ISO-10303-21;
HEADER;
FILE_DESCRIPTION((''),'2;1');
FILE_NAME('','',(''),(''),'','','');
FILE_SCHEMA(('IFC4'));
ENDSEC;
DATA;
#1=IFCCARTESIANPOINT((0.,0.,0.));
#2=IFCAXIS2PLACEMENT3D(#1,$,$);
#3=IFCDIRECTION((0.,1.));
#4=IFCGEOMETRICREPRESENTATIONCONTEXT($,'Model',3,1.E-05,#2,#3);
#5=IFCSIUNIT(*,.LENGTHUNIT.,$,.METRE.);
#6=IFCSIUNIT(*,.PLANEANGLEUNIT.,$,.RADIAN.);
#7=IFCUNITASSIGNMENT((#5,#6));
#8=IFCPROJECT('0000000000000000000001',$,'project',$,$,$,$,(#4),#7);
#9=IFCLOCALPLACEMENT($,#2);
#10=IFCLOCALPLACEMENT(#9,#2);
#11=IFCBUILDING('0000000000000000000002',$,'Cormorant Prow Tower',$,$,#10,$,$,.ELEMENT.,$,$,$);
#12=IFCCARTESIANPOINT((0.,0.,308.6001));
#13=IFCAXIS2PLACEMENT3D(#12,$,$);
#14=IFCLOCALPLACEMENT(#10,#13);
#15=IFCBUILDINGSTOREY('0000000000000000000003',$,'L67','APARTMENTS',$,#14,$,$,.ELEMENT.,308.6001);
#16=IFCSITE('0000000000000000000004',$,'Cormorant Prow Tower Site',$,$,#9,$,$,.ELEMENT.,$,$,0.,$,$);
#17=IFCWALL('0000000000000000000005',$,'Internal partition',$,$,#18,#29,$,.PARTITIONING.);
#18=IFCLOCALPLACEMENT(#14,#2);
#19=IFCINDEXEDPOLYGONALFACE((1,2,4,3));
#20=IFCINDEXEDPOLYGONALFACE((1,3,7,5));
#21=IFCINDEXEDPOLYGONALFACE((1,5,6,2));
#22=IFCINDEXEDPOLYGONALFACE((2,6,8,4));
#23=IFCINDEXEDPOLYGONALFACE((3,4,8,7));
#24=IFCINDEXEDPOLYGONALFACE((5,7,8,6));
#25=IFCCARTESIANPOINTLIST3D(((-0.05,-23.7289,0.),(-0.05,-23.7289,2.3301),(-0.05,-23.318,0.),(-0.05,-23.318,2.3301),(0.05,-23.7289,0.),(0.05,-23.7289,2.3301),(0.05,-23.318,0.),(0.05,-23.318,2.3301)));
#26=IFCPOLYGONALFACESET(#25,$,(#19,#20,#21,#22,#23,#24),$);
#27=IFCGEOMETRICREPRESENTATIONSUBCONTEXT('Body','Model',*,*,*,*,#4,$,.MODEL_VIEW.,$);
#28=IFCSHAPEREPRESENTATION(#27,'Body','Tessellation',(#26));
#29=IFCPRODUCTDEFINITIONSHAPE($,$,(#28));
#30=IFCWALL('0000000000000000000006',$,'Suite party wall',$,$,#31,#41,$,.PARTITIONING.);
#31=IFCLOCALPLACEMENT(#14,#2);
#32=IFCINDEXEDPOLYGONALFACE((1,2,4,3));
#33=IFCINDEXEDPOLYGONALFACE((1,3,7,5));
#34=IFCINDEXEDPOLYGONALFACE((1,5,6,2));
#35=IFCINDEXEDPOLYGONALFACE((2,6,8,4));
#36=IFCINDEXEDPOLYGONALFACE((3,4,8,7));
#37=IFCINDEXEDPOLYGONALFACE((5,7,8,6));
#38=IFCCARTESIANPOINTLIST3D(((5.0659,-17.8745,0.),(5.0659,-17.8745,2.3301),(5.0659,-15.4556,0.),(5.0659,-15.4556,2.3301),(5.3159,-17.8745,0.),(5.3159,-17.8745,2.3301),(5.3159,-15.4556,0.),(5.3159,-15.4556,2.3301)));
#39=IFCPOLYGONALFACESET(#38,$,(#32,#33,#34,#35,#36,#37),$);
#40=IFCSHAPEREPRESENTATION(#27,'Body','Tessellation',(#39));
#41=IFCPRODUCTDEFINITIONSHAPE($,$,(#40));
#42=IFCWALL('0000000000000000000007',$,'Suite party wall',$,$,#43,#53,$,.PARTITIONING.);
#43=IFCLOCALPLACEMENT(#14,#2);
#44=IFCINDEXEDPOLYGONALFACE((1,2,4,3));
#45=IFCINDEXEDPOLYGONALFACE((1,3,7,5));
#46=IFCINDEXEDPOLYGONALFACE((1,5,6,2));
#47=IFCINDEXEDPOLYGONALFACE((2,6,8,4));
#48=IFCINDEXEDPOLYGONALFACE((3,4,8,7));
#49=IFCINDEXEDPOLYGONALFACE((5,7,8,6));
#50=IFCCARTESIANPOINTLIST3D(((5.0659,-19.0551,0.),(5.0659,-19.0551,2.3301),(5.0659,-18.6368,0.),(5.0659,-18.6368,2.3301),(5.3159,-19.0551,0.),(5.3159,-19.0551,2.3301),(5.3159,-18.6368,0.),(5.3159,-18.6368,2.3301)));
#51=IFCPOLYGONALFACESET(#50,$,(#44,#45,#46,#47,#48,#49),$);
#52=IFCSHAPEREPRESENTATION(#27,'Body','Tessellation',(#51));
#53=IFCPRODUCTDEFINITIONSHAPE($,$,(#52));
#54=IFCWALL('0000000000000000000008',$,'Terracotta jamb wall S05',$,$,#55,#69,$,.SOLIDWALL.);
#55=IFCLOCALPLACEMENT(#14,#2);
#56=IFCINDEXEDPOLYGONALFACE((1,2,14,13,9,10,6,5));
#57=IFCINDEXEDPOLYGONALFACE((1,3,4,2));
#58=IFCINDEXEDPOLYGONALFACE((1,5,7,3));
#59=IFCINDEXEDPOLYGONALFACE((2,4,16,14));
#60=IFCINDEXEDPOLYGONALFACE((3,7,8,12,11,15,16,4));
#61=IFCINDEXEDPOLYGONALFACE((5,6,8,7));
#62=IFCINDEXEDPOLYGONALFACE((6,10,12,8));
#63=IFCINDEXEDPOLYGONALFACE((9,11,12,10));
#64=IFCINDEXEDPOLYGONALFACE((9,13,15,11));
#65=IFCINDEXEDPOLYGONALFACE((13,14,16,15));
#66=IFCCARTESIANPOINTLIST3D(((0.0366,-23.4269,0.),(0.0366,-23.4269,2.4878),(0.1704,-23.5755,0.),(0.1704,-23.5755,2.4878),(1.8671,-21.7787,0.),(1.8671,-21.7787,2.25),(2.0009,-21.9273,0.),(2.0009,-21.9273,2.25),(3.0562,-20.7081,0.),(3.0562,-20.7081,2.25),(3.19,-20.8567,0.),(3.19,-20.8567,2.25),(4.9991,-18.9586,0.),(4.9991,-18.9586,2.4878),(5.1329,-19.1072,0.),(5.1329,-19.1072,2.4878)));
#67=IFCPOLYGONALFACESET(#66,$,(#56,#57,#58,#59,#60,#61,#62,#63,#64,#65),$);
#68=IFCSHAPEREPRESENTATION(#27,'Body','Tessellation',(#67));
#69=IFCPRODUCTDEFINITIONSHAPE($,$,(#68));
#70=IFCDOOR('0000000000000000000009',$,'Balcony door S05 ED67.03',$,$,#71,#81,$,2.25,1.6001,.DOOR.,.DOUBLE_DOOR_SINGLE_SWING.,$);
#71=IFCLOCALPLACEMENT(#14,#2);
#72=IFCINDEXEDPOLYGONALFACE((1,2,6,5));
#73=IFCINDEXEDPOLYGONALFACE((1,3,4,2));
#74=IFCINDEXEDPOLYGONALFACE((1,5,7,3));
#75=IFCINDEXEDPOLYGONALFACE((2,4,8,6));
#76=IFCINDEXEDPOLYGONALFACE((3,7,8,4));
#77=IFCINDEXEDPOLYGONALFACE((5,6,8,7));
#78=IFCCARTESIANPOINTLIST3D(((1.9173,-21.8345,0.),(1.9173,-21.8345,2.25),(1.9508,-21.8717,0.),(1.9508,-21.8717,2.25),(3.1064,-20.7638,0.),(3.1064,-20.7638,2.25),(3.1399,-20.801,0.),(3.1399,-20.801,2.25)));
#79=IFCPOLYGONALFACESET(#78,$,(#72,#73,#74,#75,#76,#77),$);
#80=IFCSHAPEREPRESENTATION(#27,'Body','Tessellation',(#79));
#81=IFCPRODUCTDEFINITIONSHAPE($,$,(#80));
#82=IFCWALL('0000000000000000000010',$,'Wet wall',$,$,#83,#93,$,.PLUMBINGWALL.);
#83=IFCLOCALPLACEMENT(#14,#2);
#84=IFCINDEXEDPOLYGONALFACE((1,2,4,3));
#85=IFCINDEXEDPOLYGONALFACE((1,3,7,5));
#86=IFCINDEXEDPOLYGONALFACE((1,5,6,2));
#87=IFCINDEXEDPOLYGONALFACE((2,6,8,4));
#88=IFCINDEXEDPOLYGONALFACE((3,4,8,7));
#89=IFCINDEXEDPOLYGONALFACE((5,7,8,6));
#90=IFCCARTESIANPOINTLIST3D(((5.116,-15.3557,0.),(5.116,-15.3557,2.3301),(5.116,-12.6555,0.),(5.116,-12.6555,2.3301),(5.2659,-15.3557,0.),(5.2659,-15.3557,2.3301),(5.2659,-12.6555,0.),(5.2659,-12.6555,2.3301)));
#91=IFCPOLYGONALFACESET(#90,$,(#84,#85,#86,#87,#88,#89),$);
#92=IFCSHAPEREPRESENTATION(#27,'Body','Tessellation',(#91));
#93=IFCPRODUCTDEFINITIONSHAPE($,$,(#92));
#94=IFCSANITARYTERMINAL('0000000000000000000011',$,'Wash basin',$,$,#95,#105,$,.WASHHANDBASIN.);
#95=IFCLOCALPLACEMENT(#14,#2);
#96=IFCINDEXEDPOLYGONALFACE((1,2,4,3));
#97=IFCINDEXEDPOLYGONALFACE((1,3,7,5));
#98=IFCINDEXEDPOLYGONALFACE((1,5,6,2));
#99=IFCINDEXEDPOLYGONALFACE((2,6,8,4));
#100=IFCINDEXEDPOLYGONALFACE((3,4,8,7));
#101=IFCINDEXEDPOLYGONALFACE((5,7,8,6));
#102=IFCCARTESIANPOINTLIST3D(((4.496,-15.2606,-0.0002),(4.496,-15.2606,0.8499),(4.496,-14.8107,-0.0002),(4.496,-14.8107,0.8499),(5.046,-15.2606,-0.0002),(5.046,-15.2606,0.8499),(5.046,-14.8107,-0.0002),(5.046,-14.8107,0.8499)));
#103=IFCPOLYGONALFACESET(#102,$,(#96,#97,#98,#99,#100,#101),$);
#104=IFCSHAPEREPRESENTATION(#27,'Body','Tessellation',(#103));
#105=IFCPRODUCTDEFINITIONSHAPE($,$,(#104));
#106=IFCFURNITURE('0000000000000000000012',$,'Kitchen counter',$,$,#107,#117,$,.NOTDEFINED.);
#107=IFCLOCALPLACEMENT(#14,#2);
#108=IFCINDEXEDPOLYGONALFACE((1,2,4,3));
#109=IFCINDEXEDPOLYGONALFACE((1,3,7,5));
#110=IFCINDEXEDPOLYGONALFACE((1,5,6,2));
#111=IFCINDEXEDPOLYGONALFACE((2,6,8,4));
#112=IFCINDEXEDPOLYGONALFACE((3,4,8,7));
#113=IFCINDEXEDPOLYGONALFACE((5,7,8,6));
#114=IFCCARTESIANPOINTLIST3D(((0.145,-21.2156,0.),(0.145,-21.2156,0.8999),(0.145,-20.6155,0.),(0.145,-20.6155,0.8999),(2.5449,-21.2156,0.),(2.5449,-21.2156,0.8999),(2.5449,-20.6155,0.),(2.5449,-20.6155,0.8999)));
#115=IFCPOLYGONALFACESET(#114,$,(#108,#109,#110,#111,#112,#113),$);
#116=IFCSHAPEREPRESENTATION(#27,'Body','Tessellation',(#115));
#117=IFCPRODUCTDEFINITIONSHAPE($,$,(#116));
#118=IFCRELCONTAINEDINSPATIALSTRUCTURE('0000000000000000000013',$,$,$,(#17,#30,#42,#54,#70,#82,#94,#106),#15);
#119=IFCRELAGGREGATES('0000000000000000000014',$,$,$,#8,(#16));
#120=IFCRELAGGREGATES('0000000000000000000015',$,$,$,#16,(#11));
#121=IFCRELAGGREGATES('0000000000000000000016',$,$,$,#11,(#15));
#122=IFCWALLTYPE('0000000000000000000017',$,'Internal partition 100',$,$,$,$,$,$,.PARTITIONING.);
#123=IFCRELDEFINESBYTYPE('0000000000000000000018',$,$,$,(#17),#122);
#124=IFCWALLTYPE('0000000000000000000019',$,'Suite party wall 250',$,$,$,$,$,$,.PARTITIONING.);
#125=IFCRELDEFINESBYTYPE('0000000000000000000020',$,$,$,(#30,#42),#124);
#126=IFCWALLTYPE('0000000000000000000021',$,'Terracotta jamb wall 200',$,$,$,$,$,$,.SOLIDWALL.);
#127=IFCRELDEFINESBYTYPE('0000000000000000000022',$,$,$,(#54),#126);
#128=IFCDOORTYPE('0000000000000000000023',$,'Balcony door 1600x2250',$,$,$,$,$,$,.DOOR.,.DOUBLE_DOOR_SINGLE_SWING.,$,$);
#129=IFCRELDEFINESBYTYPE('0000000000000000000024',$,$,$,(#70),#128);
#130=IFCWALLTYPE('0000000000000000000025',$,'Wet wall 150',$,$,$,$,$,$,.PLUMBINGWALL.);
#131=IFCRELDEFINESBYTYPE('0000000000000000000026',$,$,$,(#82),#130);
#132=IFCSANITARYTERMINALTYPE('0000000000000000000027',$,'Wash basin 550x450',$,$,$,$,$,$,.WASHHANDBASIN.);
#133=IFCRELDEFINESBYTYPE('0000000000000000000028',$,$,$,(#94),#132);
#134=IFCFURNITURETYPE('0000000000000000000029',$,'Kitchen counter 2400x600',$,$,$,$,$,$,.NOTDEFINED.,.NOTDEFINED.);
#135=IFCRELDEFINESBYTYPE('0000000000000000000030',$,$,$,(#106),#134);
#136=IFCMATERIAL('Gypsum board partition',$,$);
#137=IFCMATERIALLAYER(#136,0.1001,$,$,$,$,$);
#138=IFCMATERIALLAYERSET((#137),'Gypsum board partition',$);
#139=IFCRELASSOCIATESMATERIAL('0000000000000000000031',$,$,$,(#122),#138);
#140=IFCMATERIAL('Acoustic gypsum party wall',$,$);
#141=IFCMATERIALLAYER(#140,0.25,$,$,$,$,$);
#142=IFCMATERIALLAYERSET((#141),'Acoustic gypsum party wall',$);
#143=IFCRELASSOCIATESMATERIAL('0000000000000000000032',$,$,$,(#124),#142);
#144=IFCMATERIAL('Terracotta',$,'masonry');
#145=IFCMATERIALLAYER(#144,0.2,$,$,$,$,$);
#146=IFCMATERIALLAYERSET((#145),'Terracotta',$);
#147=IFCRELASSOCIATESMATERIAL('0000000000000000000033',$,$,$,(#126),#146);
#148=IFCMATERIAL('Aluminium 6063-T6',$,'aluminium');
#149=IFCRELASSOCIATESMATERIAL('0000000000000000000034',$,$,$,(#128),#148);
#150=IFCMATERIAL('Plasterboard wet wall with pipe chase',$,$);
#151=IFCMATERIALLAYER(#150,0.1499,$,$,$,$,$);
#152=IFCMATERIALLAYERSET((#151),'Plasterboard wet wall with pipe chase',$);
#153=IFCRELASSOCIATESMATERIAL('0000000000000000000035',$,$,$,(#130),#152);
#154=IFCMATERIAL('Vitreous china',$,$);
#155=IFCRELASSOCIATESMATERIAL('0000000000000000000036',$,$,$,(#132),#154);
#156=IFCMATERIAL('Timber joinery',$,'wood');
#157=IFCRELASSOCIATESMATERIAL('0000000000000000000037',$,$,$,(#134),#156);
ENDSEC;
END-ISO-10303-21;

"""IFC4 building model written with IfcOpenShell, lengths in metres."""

from ifc_helpers import new_model, si_unit, direction, frame, frame_2d, origin, origin_2d, place, context, subcontext, project, spatial, rectangle, extrude, material, layer, layer_set, type_object, element, fill, save


model = new_model("IFC4")

# Units and contexts
model_context = context("Model", 3, precision=1e-05, world=origin(), true_north=direction((0.0, 1.0)))
body_context = subcontext(model_context, "Body", "Model", "MODEL_VIEW")
ifc_project = project(units=[si_unit("LENGTHUNIT", "METRE"), si_unit("PLANEANGLEUNIT", "RADIAN")], contexts=[model_context])

# Site, building, storey
site_placement = place(None, origin())
site = spatial("IfcSite", under=ifc_project, at=site_placement, Name="Cormorant Prow Tower Site", CompositionType="ELEMENT", RefElevation=0.0)
building_placement = place(site_placement, origin())
building = spatial("IfcBuilding", under=site, at=building_placement, Name="Cormorant Prow Tower", CompositionType="ELEMENT")
storey_placement = place(building_placement, frame((0.0, 0.0, 308.6001)))
storey = spatial("IfcBuildingStorey", under=building, at=storey_placement, Name="L67", Description="APARTMENTS", CompositionType="ELEMENT", Elevation=308.6001)

# Shared definitions
ifc_material_1 = material(Name="Gypsum board partition")
ifc_layer_1 = layer(ifc_material_1, 0.1001)
ifc_layer_set_1 = layer_set([ifc_layer_1], Name="Gypsum board partition")
wall_type_1 = type_object("IfcWallType", Name="Internal partition 100", PredefinedType="PARTITIONING", material=ifc_layer_set_1)

# Walls
wall_1_placement = place(storey_placement, frame((0.0, -23.729, 0.0), z_axis=(0.0, 0.0, 1.0), x_axis=(0.0, 1.0, 0.0)))
element("IfcWall", 1, at=wall_1_placement, inside=storey, type_object=wall_type_1, Name="Internal partition", PredefinedType="PARTITIONING", context=body_context, shape_type="SweptSolid", body=[
    extrude(rectangle(XDim=0.4109, YDim=0.1001, at=frame_2d((0.2056, 0.0))), origin(), (0.0, 0.0, 1.0), 2.3301),
])
ifc_material_2 = material(Name="Acoustic gypsum party wall")
ifc_layer_2 = layer(ifc_material_2, 0.25)
ifc_layer_set_2 = layer_set([ifc_layer_2], Name="Acoustic gypsum party wall")
wall_type_2 = type_object("IfcWallType", Name="Suite party wall 250", PredefinedType="PARTITIONING", material=ifc_layer_set_2)
wall_2_placement = place(storey_placement, frame((5.1909, -17.8745, 0.0), z_axis=(0.0, 0.0, 1.0), x_axis=(0.0, 1.0, 0.0)))
element("IfcWall", 2, at=wall_2_placement, inside=storey, type_object=wall_type_2, Name="Suite party wall", PredefinedType="PARTITIONING", context=body_context, shape_type="SweptSolid", body=[
    extrude(rectangle(XDim=2.4189, YDim=0.25, at=frame_2d((1.2095, 0.0))), origin(), (0.0, 0.0, 1.0), 2.3301),
])
wall_3_placement = place(storey_placement, frame((5.1909, -19.0549, 0.0), z_axis=(0.0, 0.0, 1.0), x_axis=(0.0, 1.0, 0.0)))
element("IfcWall", 3, at=wall_3_placement, inside=storey, type_object=wall_type_2, Name="Suite party wall", PredefinedType="PARTITIONING", context=body_context, shape_type="SweptSolid", body=[
    extrude(rectangle(XDim=0.4182, YDim=0.25, at=frame_2d((0.209, 0.0))), origin(), (0.0, 0.0, 1.0), 2.3301),
])

# Wall, opening, door
ifc_material_3 = material(Name="Terracotta", Category="masonry")
ifc_layer_3 = layer(ifc_material_3, 0.2)
ifc_layer_set_3 = layer_set([ifc_layer_3], Name="Terracotta")
wall_type_3 = type_object("IfcWallType", Name="Terracotta jamb wall 200", PredefinedType="SOLIDWALL", material=ifc_layer_set_3)
wall_4_placement = place(storey_placement, frame((0.1035, -23.5012, 0.0), z_axis=(0.0, 0.0, 1.0), x_axis=(0.743138, 0.669138, 0.0)))
wall_4 = element("IfcWall", 4, at=wall_4_placement, inside=storey, type_object=wall_type_3, Name="Terracotta jamb wall S05", PredefinedType="SOLIDWALL", context=body_context, shape_type="SweptSolid", body=[
    extrude(rectangle(XDim=6.6777, YDim=0.2, at=frame_2d((3.3389, 0.0))), origin(), (0.0, 0.0, 1.0), 2.4878),
])
opening_1_placement = place(wall_4_placement, frame((2.4631, 0.0, 0.0)))
opening_1 = element("IfcOpeningElement", 5, at=opening_1_placement, cuts=wall_4, PredefinedType="OPENING", context=body_context, shape_type="SweptSolid", body=[
    extrude(rectangle(XDim=1.6001, YDim=2.25, at=frame_2d((0.8, 1.125))), frame((0.0, 0.1099, 0.0), z_axis=(0.0, -1.0, 0.0), x_axis=(1.0, 0.0, 0.0)), (0.0, 0.0, 1.0), 0.22),
])
ifc_material_4 = material(Name="Aluminium 6063-T6", Category="aluminium")
door_type_1 = type_object("IfcDoorType", Name="Balcony door 1600x2250", OperationType="DOUBLE_DOOR_SINGLE_SWING", PredefinedType="DOOR", material=ifc_material_4)
door_1_placement = place(opening_1_placement, origin())
door_1 = element("IfcDoor", 6, at=door_1_placement, inside=storey, type_object=door_type_1, Name="Balcony door S05 ED67.03", OperationType="DOUBLE_DOOR_SINGLE_SWING", OverallHeight=2.25, OverallWidth=1.6001, PredefinedType="DOOR", context=body_context, shape_type="SweptSolid", body=[
    extrude(rectangle(XDim=1.6001, YDim=2.25, at=frame_2d((0.8, 1.125))), frame((0.0, 0.0249, 0.0), z_axis=(0.0, -1.0, 0.0), x_axis=(1.0, 0.0, 0.0)), (0.0, 0.0, 1.0), 0.05),
])
fill(opening_1, door_1)

# Wall
ifc_material_5 = material(Name="Plasterboard wet wall with pipe chase")
ifc_layer_4 = layer(ifc_material_5, 0.1499)
ifc_layer_set_4 = layer_set([ifc_layer_4], Name="Plasterboard wet wall with pipe chase")
wall_type_4 = type_object("IfcWallType", Name="Wet wall 150", PredefinedType="PLUMBINGWALL", material=ifc_layer_set_4)
wall_5_placement = place(storey_placement, frame((5.1909, -15.3557, 0.0), z_axis=(0.0, 0.0, 1.0), x_axis=(0.0, 1.0, 0.0)))
element("IfcWall", 7, at=wall_5_placement, inside=storey, type_object=wall_type_4, Name="Wet wall", PredefinedType="PLUMBINGWALL", context=body_context, shape_type="SweptSolid", body=[
    extrude(rectangle(XDim=2.7002, YDim=0.1499, at=frame_2d((1.3501, 0.0))), origin(), (0.0, 0.0, 1.0), 2.3301),
])

# Sanitary terminal
ifc_material_6 = material(Name="Vitreous china")
sanitary_terminal_type = type_object("IfcSanitaryTerminalType", Name="Wash basin 550x450", PredefinedType="WASHHANDBASIN", material=ifc_material_6)
sanitary_terminal_placement = place(storey_placement, frame((4.771, -15.0356, -0.0002), z_axis=(0.0, 0.0, 1.0), x_axis=(-1.0, 0.0, 0.0)))
element("IfcSanitaryTerminal", 8, at=sanitary_terminal_placement, inside=storey, type_object=sanitary_terminal_type, Name="Wash basin", PredefinedType="WASHHANDBASIN", context=body_context, shape_type="SweptSolid", body=[
    extrude(rectangle(XDim=0.55, YDim=0.45, at=origin_2d()), origin(), (0.0, 0.0, 1.0), 0.8501),
])

# Furniture
ifc_material_7 = material(Name="Timber joinery", Category="wood")
furniture_type = type_object("IfcFurnitureType", Name="Kitchen counter 2400x600", AssemblyPlace="NOTDEFINED", PredefinedType="NOTDEFINED", material=ifc_material_7)
furniture_placement = place(storey_placement, frame((1.345, -20.9155, 0.0), z_axis=(0.0, 0.0, 1.0), x_axis=(1.0, 0.0, 0.0)))
element("IfcFurniture", 9, at=furniture_placement, inside=storey, type_object=furniture_type, Name="Kitchen counter", PredefinedType="NOTDEFINED", context=body_context, shape_type="SweptSolid", body=[
    extrude(rectangle(XDim=2.3999, YDim=0.6001, at=origin_2d()), origin(), (0.0, 0.0, 1.0), 0.8999),
])

save(model, "model.ifc")
